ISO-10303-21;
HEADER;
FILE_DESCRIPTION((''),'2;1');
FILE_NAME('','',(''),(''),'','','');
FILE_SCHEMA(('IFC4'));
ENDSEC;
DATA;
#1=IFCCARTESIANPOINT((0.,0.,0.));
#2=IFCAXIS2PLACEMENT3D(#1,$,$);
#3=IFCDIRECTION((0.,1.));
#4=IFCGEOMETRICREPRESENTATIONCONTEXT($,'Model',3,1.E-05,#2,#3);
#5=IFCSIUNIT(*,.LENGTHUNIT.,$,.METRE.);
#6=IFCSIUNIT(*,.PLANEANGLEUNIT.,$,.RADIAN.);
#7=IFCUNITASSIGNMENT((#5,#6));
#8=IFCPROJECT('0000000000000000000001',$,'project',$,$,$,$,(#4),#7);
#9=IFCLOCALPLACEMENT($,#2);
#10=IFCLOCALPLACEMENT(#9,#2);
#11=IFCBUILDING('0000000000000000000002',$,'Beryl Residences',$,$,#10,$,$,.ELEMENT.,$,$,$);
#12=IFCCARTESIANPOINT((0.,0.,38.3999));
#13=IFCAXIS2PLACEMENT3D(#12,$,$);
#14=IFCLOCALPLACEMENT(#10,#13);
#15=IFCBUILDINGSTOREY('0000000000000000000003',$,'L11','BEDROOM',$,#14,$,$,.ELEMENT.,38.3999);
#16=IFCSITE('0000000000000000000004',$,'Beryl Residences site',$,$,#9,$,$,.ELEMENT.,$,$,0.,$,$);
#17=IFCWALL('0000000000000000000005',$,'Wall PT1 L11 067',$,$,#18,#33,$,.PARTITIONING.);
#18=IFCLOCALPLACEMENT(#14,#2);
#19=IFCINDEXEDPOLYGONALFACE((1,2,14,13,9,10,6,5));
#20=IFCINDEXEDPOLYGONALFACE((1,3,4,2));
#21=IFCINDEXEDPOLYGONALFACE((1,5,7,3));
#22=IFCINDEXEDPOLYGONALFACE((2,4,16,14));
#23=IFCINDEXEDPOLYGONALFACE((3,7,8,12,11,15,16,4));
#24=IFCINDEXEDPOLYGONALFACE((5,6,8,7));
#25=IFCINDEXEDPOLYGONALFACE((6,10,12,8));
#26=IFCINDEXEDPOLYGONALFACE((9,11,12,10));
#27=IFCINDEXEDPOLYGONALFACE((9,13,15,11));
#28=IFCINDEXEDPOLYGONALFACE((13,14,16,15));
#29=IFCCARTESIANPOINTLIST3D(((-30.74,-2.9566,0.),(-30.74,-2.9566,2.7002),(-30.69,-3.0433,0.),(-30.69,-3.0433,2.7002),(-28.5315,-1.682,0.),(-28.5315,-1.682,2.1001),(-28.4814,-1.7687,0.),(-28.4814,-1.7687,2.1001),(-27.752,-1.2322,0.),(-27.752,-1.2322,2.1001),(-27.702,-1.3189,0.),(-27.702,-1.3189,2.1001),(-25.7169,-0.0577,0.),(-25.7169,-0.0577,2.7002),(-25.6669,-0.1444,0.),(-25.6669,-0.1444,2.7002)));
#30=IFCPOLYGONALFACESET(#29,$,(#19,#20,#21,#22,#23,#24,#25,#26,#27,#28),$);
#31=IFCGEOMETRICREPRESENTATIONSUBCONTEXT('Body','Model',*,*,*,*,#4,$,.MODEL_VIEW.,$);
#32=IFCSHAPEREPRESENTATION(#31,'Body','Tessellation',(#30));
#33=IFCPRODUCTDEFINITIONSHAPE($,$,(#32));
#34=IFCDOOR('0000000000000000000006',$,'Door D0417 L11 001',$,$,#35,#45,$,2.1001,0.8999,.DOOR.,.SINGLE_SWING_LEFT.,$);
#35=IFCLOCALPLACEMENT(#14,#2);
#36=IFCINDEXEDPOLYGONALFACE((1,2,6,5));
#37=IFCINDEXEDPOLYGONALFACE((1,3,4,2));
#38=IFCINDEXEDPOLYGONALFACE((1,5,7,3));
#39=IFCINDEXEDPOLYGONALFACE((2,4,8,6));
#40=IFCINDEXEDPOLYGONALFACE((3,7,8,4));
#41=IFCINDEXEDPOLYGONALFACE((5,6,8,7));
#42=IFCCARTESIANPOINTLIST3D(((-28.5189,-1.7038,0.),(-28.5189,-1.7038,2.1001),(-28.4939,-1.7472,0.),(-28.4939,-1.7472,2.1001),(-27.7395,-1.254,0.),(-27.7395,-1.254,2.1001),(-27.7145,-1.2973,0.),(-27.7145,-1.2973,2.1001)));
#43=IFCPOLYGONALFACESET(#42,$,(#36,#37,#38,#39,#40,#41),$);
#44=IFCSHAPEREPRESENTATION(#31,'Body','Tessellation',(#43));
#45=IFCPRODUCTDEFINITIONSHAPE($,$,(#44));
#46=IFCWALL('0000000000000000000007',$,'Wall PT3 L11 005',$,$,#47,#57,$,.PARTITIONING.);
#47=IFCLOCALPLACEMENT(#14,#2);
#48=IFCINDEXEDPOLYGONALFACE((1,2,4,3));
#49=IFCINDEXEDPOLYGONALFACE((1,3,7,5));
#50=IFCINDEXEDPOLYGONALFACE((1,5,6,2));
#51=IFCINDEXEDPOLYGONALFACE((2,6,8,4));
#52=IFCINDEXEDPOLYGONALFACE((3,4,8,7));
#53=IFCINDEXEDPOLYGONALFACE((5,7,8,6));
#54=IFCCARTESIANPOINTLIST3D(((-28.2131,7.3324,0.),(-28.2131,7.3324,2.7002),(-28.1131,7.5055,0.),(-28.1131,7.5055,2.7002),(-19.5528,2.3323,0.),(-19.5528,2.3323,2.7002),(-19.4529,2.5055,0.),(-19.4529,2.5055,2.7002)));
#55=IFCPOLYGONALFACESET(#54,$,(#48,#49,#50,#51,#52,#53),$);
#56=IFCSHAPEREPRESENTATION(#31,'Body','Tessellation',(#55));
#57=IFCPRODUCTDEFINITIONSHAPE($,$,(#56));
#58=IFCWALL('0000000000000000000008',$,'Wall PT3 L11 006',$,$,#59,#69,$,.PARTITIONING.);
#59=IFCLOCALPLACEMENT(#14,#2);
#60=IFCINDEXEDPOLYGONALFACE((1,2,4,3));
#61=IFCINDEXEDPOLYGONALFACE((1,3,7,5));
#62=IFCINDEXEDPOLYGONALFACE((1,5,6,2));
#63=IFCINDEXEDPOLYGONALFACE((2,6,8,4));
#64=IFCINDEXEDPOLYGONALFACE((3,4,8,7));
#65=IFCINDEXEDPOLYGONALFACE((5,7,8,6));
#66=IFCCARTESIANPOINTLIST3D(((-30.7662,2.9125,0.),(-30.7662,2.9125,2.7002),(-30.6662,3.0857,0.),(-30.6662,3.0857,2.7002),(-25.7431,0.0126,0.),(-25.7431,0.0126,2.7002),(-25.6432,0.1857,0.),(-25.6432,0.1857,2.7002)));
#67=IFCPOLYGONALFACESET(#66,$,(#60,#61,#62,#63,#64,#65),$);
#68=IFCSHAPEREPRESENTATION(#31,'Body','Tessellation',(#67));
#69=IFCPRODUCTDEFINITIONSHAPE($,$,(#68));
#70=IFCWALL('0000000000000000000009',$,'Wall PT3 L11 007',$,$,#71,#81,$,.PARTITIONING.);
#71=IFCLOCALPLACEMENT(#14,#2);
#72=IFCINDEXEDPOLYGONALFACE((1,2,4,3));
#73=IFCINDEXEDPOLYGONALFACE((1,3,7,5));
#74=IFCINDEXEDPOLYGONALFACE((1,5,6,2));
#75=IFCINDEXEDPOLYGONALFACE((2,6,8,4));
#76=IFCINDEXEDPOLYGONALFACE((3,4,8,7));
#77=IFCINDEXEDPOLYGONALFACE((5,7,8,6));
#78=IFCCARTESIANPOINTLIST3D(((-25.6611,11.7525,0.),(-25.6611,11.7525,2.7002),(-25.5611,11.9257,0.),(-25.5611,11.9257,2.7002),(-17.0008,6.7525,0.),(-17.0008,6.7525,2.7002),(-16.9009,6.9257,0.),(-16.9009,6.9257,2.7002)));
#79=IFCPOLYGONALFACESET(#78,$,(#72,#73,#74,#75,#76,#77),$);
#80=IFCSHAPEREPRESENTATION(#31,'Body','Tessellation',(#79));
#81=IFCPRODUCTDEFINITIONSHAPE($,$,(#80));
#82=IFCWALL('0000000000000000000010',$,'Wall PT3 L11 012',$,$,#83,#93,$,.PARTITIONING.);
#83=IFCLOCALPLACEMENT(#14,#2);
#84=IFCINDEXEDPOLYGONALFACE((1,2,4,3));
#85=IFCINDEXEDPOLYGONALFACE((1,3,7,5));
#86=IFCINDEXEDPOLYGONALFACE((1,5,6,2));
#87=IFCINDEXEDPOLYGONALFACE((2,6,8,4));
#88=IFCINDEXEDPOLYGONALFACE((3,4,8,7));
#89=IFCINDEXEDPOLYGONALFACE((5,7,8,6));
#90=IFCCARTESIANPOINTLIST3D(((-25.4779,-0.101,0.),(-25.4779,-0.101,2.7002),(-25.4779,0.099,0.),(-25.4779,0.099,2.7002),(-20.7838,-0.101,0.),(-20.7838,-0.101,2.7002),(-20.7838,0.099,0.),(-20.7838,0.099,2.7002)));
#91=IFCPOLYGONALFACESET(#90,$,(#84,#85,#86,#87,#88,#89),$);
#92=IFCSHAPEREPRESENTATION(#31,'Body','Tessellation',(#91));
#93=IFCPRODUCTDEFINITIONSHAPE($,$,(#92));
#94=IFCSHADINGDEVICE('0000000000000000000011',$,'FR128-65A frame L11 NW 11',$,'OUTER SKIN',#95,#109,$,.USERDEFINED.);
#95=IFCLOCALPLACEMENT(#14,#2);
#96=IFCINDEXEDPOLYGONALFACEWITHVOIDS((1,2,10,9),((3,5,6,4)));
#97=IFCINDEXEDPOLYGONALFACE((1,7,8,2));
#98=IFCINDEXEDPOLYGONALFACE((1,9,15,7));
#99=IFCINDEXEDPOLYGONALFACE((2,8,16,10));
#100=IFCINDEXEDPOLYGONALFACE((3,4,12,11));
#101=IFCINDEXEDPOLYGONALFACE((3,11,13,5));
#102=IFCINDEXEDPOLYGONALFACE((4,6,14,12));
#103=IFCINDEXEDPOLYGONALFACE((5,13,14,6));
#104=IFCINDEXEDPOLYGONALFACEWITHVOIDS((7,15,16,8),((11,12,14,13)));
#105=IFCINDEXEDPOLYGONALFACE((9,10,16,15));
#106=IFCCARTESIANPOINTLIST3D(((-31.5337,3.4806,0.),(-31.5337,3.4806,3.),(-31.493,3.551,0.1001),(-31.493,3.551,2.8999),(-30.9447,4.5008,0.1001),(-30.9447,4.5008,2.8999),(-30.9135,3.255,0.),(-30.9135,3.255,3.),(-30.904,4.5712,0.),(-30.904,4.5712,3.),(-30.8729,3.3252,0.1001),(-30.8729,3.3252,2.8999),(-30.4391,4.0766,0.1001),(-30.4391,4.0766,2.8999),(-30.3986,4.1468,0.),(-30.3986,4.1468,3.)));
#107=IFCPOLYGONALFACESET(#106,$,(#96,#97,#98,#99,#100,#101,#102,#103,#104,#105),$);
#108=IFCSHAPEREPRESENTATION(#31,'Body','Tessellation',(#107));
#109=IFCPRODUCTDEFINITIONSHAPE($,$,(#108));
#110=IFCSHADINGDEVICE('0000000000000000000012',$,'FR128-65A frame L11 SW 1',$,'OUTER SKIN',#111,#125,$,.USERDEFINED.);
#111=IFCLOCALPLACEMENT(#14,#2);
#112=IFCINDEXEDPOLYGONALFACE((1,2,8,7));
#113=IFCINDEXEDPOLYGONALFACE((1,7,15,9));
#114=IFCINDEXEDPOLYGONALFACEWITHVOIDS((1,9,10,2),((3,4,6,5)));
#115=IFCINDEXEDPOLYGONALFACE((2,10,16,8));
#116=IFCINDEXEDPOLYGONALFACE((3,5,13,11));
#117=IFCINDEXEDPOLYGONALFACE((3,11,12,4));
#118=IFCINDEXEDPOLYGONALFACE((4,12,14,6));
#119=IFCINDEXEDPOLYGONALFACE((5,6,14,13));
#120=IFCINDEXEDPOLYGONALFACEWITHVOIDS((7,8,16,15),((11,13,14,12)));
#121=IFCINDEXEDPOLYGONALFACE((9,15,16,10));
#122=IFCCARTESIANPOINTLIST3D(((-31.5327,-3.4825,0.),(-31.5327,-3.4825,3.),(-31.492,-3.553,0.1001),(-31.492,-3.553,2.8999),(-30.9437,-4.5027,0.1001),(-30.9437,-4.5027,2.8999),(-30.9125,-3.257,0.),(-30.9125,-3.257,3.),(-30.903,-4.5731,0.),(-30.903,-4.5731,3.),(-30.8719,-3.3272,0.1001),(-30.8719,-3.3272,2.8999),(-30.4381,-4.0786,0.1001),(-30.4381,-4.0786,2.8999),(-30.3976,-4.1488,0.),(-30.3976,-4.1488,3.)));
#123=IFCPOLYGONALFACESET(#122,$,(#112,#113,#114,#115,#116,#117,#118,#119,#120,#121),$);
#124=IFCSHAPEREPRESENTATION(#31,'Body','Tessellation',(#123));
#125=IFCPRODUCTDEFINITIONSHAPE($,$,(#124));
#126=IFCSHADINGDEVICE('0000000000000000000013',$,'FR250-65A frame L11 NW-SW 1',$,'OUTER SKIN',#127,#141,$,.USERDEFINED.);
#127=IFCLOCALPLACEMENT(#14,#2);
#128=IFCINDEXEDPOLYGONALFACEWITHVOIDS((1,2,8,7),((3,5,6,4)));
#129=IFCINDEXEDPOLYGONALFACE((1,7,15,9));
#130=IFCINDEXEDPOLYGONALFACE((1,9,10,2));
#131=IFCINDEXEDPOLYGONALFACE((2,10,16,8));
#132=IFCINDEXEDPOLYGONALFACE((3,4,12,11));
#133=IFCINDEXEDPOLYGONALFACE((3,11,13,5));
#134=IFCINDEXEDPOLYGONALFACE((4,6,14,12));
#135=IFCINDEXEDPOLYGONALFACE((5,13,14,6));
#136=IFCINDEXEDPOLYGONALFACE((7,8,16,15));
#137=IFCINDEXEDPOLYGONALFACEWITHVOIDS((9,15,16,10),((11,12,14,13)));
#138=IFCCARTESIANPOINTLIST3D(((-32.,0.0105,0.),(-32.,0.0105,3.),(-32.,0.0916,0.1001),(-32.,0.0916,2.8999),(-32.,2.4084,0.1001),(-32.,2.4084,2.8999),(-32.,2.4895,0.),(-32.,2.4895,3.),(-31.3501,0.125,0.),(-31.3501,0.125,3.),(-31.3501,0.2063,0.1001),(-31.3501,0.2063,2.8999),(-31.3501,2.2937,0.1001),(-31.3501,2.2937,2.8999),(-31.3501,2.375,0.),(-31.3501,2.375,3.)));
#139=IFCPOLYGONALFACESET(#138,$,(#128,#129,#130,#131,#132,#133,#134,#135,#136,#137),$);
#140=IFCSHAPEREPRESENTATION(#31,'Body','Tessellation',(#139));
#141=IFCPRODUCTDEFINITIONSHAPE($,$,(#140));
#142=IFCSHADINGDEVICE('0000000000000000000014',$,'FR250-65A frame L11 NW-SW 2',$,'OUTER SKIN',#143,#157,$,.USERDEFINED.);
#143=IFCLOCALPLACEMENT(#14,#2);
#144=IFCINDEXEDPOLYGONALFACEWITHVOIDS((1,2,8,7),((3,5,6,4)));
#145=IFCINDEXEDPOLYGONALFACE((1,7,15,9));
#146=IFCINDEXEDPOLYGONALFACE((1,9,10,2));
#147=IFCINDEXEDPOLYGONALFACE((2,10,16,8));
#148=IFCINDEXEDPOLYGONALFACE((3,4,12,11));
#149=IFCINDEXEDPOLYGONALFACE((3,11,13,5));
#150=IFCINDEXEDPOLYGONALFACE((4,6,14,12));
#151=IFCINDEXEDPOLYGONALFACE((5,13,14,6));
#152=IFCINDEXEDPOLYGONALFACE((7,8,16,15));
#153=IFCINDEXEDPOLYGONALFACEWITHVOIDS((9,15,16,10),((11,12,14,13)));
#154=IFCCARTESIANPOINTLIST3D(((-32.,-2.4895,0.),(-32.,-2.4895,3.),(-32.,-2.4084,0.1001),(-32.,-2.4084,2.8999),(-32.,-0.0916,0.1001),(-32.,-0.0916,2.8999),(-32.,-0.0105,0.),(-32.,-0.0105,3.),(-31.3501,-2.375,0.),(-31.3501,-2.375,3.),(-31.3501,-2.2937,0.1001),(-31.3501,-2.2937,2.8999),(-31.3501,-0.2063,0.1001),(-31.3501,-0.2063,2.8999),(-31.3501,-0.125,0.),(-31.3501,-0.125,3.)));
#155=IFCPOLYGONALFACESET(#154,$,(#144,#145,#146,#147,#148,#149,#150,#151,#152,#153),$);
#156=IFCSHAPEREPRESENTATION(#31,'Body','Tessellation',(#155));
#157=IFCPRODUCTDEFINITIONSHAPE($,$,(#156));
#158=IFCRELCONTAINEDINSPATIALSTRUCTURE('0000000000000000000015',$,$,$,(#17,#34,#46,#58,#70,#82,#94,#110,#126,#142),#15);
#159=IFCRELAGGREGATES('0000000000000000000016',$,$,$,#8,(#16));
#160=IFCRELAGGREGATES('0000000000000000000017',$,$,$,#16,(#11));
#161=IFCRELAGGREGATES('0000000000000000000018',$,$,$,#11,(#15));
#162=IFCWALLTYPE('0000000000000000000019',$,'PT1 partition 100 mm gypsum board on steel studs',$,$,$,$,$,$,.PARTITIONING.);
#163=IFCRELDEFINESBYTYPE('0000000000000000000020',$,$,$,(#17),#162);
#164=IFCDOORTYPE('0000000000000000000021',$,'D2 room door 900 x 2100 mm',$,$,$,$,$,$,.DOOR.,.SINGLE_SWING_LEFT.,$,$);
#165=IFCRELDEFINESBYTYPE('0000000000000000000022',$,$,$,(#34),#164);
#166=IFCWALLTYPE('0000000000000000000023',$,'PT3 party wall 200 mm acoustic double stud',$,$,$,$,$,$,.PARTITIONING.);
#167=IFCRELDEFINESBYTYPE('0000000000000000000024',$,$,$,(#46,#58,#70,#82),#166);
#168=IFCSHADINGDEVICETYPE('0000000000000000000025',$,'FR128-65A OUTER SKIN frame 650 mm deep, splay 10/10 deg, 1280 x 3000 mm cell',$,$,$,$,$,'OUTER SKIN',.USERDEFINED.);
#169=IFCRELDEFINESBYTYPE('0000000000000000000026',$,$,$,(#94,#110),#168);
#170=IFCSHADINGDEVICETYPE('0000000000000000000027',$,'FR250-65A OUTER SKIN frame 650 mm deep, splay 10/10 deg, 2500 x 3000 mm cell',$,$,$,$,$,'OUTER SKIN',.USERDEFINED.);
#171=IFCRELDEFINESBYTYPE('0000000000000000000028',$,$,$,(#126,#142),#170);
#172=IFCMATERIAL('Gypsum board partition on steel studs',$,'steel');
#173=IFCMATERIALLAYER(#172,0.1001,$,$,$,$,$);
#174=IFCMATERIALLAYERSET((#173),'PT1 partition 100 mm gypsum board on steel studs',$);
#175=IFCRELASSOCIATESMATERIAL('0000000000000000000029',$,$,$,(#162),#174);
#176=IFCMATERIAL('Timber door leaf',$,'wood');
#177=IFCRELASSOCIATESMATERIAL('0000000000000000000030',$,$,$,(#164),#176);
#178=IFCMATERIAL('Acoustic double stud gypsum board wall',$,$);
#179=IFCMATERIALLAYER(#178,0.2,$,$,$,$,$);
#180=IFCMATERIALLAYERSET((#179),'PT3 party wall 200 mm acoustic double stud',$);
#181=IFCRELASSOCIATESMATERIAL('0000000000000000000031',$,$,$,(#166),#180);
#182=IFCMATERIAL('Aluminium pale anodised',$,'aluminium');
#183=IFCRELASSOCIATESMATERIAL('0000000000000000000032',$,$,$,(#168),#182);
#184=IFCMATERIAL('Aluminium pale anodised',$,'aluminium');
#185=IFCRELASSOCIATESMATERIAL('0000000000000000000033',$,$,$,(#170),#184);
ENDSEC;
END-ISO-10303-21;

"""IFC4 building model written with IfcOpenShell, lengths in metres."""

from ifc_helpers import new_model, entity, si_unit, direction, frame, frame_2d, origin, place, context, subcontext, project, spatial, rectangle, extrude, source, transform, mapped, material, layer, layer_set, type_object, type_shapes, element, fill, save


model = new_model("IFC4")

# Units and contexts
model_context = context("Model", 3, precision=1e-05, world=origin(), true_north=direction((0.0, 1.0)))
body_context = subcontext(model_context, "Body", "Model", "MODEL_VIEW")
ifc_project = project(units=[si_unit("LENGTHUNIT", "METRE"), si_unit("PLANEANGLEUNIT", "RADIAN")], contexts=[model_context])

# Site, building, storey
site_placement = place(None, origin())
site = spatial("IfcSite", under=ifc_project, at=site_placement, Name="Beryl Residences site", CompositionType="ELEMENT", RefElevation=0.0)
building_placement = place(site_placement, origin())
building = spatial("IfcBuilding", under=site, at=building_placement, Name="Beryl Residences", CompositionType="ELEMENT")
storey_placement = place(building_placement, frame((0.0, 0.0, 38.3999)))
storey = spatial("IfcBuildingStorey", under=building, at=storey_placement, Name="L11", Description="BEDROOM", CompositionType="ELEMENT", Elevation=38.3999)

# Wall, opening, door
ifc_material_1 = material(Name="Gypsum board partition on steel studs", Category="steel")
ifc_layer_1 = layer(ifc_material_1, 0.1001)
ifc_layer_set_1 = layer_set([ifc_layer_1], Name="PT1 partition 100 mm gypsum board on steel studs")
wall_type_1 = type_object("IfcWallType", Name="PT1 partition 100 mm gypsum board on steel studs", PredefinedType="PARTITIONING", material=ifc_layer_set_1)
wall_1_placement = place(storey_placement, frame((-30.7151, -3.0, 0.0), z_axis=(0.0, 0.0, 1.0), x_axis=(0.866116, 0.499843, 0.0)))
wall_1 = element("IfcWall", 1, at=wall_1_placement, inside=storey, type_object=wall_type_1, Name="Wall PT1 L11 067", PredefinedType="PARTITIONING", context=body_context, shape_type="SweptSolid", body=[
    extrude(rectangle(XDim=5.7996, YDim=0.1001, at=frame_2d((2.8999, 0.0))), origin(), (0.0, 0.0, 1.0), 2.7002),
])
opening_1_placement = place(wall_1_placement, frame((2.55, 0.0, 0.0)))
opening_1 = element("IfcOpeningElement", 2, at=opening_1_placement, cuts=wall_1, PredefinedType="OPENING", context=body_context, shape_type="SweptSolid", body=[
    extrude(rectangle(XDim=0.8999, YDim=2.1001, at=frame_2d((0.45, 1.05))), frame((0.0, 0.0601, 0.0), z_axis=(0.0, -1.0, 0.0), x_axis=(1.0, 0.0, 0.0)), (0.0, 0.0, 1.0), 0.1201),
])
ifc_material_2 = material(Name="Timber door leaf", Category="wood")
door_type_1 = type_object("IfcDoorType", Name="D2 room door 900 x 2100 mm", OperationType="SINGLE_SWING_LEFT", PredefinedType="DOOR", material=ifc_material_2)
door_1_placement = place(opening_1_placement, origin())
door_1 = element("IfcDoor", 3, at=door_1_placement, inside=storey, type_object=door_type_1, Name="Door D0417 L11 001", OperationType="SINGLE_SWING_LEFT", OverallHeight=2.1001, OverallWidth=0.8999, PredefinedType="DOOR", context=body_context, shape_type="SweptSolid", body=[
    extrude(rectangle(XDim=0.8999, YDim=2.1001, at=frame_2d((0.45, 1.05))), frame((0.0, 0.0249, 0.0), z_axis=(0.0, -1.0, 0.0), x_axis=(1.0, 0.0, 0.0)), (0.0, 0.0, 1.0), 0.05),
])
fill(opening_1, door_1)

# Walls
ifc_material_3 = material(Name="Acoustic double stud gypsum board wall")
ifc_layer_2 = layer(ifc_material_3, 0.2)
ifc_layer_set_2 = layer_set([ifc_layer_2], Name="PT3 party wall 200 mm acoustic double stud")
wall_type_2 = type_object("IfcWallType", Name="PT3 party wall 200 mm acoustic double stud", PredefinedType="PARTITIONING", material=ifc_layer_set_2)
wall_2_placement = place(storey_placement, frame((-28.1631, 7.4189, 0.0), z_axis=(0.0, 0.0, 1.0), x_axis=(0.866023, -0.500004, 0.0)))
element("IfcWall", 4, at=wall_2_placement, inside=storey, type_object=wall_type_2, Name="Wall PT3 L11 005", PredefinedType="PARTITIONING", context=body_context, shape_type="SweptSolid", body=[
    extrude(rectangle(XDim=10.0, YDim=0.2, at=frame_2d((5.0, 0.0))), origin(), (0.0, 0.0, 1.0), 2.7002),
])
wall_3_placement = place(storey_placement, frame((-30.7161, 2.999, 0.0), z_axis=(0.0, 0.0, 1.0), x_axis=(0.866033, -0.499987, 0.0)))
element("IfcWall", 5, at=wall_3_placement, inside=storey, type_object=wall_type_2, Name="Wall PT3 L11 006", PredefinedType="PARTITIONING", context=body_context, shape_type="SweptSolid", body=[
    extrude(rectangle(XDim=5.8, YDim=0.2, at=frame_2d((2.8999, 0.0))), origin(), (0.0, 0.0, 1.0), 2.7002),
])
wall_4_placement = place(storey_placement, frame((-25.6111, 11.8391, 0.0), z_axis=(0.0, 0.0, 1.0), x_axis=(0.866023, -0.500004, 0.0)))
element("IfcWall", 6, at=wall_4_placement, inside=storey, type_object=wall_type_2, Name="Wall PT3 L11 007", PredefinedType="PARTITIONING", context=body_context, shape_type="SweptSolid", body=[
    extrude(rectangle(XDim=10.0, YDim=0.2, at=frame_2d((5.0, 0.0))), origin(), (0.0, 0.0, 1.0), 2.7002),
])
wall_5_placement = place(storey_placement, frame((-25.478, -0.001, 0.0), z_axis=(0.0, 0.0, 1.0), x_axis=(1.0, 0.0, 0.0)))
element("IfcWall", 7, at=wall_5_placement, inside=storey, type_object=wall_type_2, Name="Wall PT3 L11 012", PredefinedType="PARTITIONING", context=body_context, shape_type="SweptSolid", body=[
    extrude(rectangle(XDim=4.6941, YDim=0.2, at=frame_2d((2.3472, 0.0))), origin(), (0.0, 0.0, 1.0), 2.7002),
])

# Shading devices
ifc_material_4 = material(Name="Aluminium pale anodised", Category="aluminium")
shading_device_type_1 = type_object("IfcShadingDeviceType", Name="FR128-65A OUTER SKIN frame 650 mm deep, splay 10/10 deg, 1280 x 3000 mm cell", ElementType="OUTER SKIN", PredefinedType="USERDEFINED", material=ifc_material_4)
cartesian_point_1 = entity("IfcCartesianPoint", [-0.5149, 0.0])
cartesian_point_2 = entity("IfcCartesianPoint", [-0.4338, 0.1001])
cartesian_point_3 = entity("IfcCartesianPoint", [-0.6296, 0.0])
cartesian_point_4 = entity("IfcCartesianPoint", [-0.5483, 0.1001])
shared_shape_1 = source(origin(), body_context, "Body", "SweptSolid", [
    entity("IfcExtrudedAreaSolidTapered", entity("IfcArbitraryProfileDefWithVoids", "AREA", None, entity("IfcPolyline", [cartesian_point_1, entity("IfcCartesianPoint", [0.5149, 0.0]), entity("IfcCartesianPoint", [0.5149, 3.0]), entity("IfcCartesianPoint", [-0.5149, 3.0]), cartesian_point_1]), [entity("IfcPolyline", [cartesian_point_2, entity("IfcCartesianPoint", [0.4338, 0.1001]), entity("IfcCartesianPoint", [0.4338, 2.8999]), entity("IfcCartesianPoint", [-0.4338, 2.8999]), cartesian_point_2])]), entity("IfcAxis2Placement3D", entity("IfcCartesianPoint", [0.0, 0.0, 0.0]), entity("IfcDirection", [0.0, 1.0, 0.0]), entity("IfcDirection", [-1.0, 0.0, 0.0])), entity("IfcDirection", [0.0, 0.0, 1.0]), 0.6499, entity("IfcArbitraryProfileDefWithVoids", "AREA", None, entity("IfcPolyline", [cartesian_point_3, entity("IfcCartesianPoint", [0.6296, 0.0]), entity("IfcCartesianPoint", [0.6296, 3.0]), entity("IfcCartesianPoint", [-0.6296, 3.0]), cartesian_point_3]), [entity("IfcPolyline", [cartesian_point_4, entity("IfcCartesianPoint", [0.5483, 0.1001]), entity("IfcCartesianPoint", [0.5483, 2.8999]), entity("IfcCartesianPoint", [-0.5483, 2.8999]), cartesian_point_4])])),
])
type_shapes(shading_device_type_1, [shared_shape_1])
for number, where, z_axis, x_axis, name in (
    (8, (-30.656, 3.7009, 0.0), (0.0, 0.0, 1.0), (0.5, 0.866025, 0.0), "FR128-65A frame L11 NW 11"),
    (9, (-30.655, -3.7029, 0.0), (0.0, 0.0, 1.0), (-0.5, 0.866025, 0.0), "FR128-65A frame L11 SW 1"),
):
    element("IfcShadingDevice", number, at=place(storey_placement, frame(where, z_axis=z_axis, x_axis=x_axis)), inside=storey, type_object=shading_device_type_1, Name=name, ObjectType="OUTER SKIN", PredefinedType="USERDEFINED", context=body_context, shape_type="MappedRepresentation", body=[
        mapped(shared_shape_1, transform((0.0, 0.0, 0.0))),
    ])
ifc_material_5 = material(Name="Aluminium pale anodised", Category="aluminium")
shading_device_type_2 = type_object("IfcShadingDeviceType", Name="FR250-65A OUTER SKIN frame 650 mm deep, splay 10/10 deg, 2500 x 3000 mm cell", ElementType="OUTER SKIN", PredefinedType="USERDEFINED", material=ifc_material_5)
cartesian_point_5 = entity("IfcCartesianPoint", [-1.125, 0.0])
cartesian_point_6 = entity("IfcCartesianPoint", [-1.0437, 0.1001])
cartesian_point_7 = entity("IfcCartesianPoint", [-1.2395, 0.0])
cartesian_point_8 = entity("IfcCartesianPoint", [-1.1584, 0.1001])
shared_shape_2 = source(origin(), body_context, "Body", "SweptSolid", [
    entity("IfcExtrudedAreaSolidTapered", entity("IfcArbitraryProfileDefWithVoids", "AREA", None, entity("IfcPolyline", [cartesian_point_5, entity("IfcCartesianPoint", [1.125, 0.0]), entity("IfcCartesianPoint", [1.125, 3.0]), entity("IfcCartesianPoint", [-1.125, 3.0]), cartesian_point_5]), [entity("IfcPolyline", [cartesian_point_6, entity("IfcCartesianPoint", [1.0437, 0.1001]), entity("IfcCartesianPoint", [1.0437, 2.8999]), entity("IfcCartesianPoint", [-1.0437, 2.8999]), cartesian_point_6])]), entity("IfcAxis2Placement3D", entity("IfcCartesianPoint", [0.0, 0.0, 0.0]), entity("IfcDirection", [0.0, 1.0, 0.0]), entity("IfcDirection", [-1.0, 0.0, 0.0])), entity("IfcDirection", [0.0, 0.0, 1.0]), 0.6499, entity("IfcArbitraryProfileDefWithVoids", "AREA", None, entity("IfcPolyline", [cartesian_point_7, entity("IfcCartesianPoint", [1.2395, 0.0]), entity("IfcCartesianPoint", [1.2395, 3.0]), entity("IfcCartesianPoint", [-1.2395, 3.0]), cartesian_point_7]), [entity("IfcPolyline", [cartesian_point_8, entity("IfcCartesianPoint", [1.1584, 0.1001]), entity("IfcCartesianPoint", [1.1584, 2.8999]), entity("IfcCartesianPoint", [-1.1584, 2.8999]), cartesian_point_8])])),
])
type_shapes(shading_device_type_2, [shared_shape_2])
for number, where, z_axis, x_axis, name in (
    (10, (-31.3501, 1.25, 0.0), (0.0, 0.0, 1.0), (0.0, 1.0, 0.0), "FR250-65A frame L11 NW-SW 1"),
    (11, (-31.3501, -1.25, 0.0), (0.0, 0.0, 1.0), (0.0, 1.0, 0.0), "FR250-65A frame L11 NW-SW 2"),
):
    element("IfcShadingDevice", number, at=place(storey_placement, frame(where, z_axis=z_axis, x_axis=x_axis)), inside=storey, type_object=shading_device_type_2, Name=name, ObjectType="OUTER SKIN", PredefinedType="USERDEFINED", context=body_context, shape_type="MappedRepresentation", body=[
        mapped(shared_shape_2, transform((0.0, 0.0, 0.0))),
    ])

save(model, "model.ifc")
